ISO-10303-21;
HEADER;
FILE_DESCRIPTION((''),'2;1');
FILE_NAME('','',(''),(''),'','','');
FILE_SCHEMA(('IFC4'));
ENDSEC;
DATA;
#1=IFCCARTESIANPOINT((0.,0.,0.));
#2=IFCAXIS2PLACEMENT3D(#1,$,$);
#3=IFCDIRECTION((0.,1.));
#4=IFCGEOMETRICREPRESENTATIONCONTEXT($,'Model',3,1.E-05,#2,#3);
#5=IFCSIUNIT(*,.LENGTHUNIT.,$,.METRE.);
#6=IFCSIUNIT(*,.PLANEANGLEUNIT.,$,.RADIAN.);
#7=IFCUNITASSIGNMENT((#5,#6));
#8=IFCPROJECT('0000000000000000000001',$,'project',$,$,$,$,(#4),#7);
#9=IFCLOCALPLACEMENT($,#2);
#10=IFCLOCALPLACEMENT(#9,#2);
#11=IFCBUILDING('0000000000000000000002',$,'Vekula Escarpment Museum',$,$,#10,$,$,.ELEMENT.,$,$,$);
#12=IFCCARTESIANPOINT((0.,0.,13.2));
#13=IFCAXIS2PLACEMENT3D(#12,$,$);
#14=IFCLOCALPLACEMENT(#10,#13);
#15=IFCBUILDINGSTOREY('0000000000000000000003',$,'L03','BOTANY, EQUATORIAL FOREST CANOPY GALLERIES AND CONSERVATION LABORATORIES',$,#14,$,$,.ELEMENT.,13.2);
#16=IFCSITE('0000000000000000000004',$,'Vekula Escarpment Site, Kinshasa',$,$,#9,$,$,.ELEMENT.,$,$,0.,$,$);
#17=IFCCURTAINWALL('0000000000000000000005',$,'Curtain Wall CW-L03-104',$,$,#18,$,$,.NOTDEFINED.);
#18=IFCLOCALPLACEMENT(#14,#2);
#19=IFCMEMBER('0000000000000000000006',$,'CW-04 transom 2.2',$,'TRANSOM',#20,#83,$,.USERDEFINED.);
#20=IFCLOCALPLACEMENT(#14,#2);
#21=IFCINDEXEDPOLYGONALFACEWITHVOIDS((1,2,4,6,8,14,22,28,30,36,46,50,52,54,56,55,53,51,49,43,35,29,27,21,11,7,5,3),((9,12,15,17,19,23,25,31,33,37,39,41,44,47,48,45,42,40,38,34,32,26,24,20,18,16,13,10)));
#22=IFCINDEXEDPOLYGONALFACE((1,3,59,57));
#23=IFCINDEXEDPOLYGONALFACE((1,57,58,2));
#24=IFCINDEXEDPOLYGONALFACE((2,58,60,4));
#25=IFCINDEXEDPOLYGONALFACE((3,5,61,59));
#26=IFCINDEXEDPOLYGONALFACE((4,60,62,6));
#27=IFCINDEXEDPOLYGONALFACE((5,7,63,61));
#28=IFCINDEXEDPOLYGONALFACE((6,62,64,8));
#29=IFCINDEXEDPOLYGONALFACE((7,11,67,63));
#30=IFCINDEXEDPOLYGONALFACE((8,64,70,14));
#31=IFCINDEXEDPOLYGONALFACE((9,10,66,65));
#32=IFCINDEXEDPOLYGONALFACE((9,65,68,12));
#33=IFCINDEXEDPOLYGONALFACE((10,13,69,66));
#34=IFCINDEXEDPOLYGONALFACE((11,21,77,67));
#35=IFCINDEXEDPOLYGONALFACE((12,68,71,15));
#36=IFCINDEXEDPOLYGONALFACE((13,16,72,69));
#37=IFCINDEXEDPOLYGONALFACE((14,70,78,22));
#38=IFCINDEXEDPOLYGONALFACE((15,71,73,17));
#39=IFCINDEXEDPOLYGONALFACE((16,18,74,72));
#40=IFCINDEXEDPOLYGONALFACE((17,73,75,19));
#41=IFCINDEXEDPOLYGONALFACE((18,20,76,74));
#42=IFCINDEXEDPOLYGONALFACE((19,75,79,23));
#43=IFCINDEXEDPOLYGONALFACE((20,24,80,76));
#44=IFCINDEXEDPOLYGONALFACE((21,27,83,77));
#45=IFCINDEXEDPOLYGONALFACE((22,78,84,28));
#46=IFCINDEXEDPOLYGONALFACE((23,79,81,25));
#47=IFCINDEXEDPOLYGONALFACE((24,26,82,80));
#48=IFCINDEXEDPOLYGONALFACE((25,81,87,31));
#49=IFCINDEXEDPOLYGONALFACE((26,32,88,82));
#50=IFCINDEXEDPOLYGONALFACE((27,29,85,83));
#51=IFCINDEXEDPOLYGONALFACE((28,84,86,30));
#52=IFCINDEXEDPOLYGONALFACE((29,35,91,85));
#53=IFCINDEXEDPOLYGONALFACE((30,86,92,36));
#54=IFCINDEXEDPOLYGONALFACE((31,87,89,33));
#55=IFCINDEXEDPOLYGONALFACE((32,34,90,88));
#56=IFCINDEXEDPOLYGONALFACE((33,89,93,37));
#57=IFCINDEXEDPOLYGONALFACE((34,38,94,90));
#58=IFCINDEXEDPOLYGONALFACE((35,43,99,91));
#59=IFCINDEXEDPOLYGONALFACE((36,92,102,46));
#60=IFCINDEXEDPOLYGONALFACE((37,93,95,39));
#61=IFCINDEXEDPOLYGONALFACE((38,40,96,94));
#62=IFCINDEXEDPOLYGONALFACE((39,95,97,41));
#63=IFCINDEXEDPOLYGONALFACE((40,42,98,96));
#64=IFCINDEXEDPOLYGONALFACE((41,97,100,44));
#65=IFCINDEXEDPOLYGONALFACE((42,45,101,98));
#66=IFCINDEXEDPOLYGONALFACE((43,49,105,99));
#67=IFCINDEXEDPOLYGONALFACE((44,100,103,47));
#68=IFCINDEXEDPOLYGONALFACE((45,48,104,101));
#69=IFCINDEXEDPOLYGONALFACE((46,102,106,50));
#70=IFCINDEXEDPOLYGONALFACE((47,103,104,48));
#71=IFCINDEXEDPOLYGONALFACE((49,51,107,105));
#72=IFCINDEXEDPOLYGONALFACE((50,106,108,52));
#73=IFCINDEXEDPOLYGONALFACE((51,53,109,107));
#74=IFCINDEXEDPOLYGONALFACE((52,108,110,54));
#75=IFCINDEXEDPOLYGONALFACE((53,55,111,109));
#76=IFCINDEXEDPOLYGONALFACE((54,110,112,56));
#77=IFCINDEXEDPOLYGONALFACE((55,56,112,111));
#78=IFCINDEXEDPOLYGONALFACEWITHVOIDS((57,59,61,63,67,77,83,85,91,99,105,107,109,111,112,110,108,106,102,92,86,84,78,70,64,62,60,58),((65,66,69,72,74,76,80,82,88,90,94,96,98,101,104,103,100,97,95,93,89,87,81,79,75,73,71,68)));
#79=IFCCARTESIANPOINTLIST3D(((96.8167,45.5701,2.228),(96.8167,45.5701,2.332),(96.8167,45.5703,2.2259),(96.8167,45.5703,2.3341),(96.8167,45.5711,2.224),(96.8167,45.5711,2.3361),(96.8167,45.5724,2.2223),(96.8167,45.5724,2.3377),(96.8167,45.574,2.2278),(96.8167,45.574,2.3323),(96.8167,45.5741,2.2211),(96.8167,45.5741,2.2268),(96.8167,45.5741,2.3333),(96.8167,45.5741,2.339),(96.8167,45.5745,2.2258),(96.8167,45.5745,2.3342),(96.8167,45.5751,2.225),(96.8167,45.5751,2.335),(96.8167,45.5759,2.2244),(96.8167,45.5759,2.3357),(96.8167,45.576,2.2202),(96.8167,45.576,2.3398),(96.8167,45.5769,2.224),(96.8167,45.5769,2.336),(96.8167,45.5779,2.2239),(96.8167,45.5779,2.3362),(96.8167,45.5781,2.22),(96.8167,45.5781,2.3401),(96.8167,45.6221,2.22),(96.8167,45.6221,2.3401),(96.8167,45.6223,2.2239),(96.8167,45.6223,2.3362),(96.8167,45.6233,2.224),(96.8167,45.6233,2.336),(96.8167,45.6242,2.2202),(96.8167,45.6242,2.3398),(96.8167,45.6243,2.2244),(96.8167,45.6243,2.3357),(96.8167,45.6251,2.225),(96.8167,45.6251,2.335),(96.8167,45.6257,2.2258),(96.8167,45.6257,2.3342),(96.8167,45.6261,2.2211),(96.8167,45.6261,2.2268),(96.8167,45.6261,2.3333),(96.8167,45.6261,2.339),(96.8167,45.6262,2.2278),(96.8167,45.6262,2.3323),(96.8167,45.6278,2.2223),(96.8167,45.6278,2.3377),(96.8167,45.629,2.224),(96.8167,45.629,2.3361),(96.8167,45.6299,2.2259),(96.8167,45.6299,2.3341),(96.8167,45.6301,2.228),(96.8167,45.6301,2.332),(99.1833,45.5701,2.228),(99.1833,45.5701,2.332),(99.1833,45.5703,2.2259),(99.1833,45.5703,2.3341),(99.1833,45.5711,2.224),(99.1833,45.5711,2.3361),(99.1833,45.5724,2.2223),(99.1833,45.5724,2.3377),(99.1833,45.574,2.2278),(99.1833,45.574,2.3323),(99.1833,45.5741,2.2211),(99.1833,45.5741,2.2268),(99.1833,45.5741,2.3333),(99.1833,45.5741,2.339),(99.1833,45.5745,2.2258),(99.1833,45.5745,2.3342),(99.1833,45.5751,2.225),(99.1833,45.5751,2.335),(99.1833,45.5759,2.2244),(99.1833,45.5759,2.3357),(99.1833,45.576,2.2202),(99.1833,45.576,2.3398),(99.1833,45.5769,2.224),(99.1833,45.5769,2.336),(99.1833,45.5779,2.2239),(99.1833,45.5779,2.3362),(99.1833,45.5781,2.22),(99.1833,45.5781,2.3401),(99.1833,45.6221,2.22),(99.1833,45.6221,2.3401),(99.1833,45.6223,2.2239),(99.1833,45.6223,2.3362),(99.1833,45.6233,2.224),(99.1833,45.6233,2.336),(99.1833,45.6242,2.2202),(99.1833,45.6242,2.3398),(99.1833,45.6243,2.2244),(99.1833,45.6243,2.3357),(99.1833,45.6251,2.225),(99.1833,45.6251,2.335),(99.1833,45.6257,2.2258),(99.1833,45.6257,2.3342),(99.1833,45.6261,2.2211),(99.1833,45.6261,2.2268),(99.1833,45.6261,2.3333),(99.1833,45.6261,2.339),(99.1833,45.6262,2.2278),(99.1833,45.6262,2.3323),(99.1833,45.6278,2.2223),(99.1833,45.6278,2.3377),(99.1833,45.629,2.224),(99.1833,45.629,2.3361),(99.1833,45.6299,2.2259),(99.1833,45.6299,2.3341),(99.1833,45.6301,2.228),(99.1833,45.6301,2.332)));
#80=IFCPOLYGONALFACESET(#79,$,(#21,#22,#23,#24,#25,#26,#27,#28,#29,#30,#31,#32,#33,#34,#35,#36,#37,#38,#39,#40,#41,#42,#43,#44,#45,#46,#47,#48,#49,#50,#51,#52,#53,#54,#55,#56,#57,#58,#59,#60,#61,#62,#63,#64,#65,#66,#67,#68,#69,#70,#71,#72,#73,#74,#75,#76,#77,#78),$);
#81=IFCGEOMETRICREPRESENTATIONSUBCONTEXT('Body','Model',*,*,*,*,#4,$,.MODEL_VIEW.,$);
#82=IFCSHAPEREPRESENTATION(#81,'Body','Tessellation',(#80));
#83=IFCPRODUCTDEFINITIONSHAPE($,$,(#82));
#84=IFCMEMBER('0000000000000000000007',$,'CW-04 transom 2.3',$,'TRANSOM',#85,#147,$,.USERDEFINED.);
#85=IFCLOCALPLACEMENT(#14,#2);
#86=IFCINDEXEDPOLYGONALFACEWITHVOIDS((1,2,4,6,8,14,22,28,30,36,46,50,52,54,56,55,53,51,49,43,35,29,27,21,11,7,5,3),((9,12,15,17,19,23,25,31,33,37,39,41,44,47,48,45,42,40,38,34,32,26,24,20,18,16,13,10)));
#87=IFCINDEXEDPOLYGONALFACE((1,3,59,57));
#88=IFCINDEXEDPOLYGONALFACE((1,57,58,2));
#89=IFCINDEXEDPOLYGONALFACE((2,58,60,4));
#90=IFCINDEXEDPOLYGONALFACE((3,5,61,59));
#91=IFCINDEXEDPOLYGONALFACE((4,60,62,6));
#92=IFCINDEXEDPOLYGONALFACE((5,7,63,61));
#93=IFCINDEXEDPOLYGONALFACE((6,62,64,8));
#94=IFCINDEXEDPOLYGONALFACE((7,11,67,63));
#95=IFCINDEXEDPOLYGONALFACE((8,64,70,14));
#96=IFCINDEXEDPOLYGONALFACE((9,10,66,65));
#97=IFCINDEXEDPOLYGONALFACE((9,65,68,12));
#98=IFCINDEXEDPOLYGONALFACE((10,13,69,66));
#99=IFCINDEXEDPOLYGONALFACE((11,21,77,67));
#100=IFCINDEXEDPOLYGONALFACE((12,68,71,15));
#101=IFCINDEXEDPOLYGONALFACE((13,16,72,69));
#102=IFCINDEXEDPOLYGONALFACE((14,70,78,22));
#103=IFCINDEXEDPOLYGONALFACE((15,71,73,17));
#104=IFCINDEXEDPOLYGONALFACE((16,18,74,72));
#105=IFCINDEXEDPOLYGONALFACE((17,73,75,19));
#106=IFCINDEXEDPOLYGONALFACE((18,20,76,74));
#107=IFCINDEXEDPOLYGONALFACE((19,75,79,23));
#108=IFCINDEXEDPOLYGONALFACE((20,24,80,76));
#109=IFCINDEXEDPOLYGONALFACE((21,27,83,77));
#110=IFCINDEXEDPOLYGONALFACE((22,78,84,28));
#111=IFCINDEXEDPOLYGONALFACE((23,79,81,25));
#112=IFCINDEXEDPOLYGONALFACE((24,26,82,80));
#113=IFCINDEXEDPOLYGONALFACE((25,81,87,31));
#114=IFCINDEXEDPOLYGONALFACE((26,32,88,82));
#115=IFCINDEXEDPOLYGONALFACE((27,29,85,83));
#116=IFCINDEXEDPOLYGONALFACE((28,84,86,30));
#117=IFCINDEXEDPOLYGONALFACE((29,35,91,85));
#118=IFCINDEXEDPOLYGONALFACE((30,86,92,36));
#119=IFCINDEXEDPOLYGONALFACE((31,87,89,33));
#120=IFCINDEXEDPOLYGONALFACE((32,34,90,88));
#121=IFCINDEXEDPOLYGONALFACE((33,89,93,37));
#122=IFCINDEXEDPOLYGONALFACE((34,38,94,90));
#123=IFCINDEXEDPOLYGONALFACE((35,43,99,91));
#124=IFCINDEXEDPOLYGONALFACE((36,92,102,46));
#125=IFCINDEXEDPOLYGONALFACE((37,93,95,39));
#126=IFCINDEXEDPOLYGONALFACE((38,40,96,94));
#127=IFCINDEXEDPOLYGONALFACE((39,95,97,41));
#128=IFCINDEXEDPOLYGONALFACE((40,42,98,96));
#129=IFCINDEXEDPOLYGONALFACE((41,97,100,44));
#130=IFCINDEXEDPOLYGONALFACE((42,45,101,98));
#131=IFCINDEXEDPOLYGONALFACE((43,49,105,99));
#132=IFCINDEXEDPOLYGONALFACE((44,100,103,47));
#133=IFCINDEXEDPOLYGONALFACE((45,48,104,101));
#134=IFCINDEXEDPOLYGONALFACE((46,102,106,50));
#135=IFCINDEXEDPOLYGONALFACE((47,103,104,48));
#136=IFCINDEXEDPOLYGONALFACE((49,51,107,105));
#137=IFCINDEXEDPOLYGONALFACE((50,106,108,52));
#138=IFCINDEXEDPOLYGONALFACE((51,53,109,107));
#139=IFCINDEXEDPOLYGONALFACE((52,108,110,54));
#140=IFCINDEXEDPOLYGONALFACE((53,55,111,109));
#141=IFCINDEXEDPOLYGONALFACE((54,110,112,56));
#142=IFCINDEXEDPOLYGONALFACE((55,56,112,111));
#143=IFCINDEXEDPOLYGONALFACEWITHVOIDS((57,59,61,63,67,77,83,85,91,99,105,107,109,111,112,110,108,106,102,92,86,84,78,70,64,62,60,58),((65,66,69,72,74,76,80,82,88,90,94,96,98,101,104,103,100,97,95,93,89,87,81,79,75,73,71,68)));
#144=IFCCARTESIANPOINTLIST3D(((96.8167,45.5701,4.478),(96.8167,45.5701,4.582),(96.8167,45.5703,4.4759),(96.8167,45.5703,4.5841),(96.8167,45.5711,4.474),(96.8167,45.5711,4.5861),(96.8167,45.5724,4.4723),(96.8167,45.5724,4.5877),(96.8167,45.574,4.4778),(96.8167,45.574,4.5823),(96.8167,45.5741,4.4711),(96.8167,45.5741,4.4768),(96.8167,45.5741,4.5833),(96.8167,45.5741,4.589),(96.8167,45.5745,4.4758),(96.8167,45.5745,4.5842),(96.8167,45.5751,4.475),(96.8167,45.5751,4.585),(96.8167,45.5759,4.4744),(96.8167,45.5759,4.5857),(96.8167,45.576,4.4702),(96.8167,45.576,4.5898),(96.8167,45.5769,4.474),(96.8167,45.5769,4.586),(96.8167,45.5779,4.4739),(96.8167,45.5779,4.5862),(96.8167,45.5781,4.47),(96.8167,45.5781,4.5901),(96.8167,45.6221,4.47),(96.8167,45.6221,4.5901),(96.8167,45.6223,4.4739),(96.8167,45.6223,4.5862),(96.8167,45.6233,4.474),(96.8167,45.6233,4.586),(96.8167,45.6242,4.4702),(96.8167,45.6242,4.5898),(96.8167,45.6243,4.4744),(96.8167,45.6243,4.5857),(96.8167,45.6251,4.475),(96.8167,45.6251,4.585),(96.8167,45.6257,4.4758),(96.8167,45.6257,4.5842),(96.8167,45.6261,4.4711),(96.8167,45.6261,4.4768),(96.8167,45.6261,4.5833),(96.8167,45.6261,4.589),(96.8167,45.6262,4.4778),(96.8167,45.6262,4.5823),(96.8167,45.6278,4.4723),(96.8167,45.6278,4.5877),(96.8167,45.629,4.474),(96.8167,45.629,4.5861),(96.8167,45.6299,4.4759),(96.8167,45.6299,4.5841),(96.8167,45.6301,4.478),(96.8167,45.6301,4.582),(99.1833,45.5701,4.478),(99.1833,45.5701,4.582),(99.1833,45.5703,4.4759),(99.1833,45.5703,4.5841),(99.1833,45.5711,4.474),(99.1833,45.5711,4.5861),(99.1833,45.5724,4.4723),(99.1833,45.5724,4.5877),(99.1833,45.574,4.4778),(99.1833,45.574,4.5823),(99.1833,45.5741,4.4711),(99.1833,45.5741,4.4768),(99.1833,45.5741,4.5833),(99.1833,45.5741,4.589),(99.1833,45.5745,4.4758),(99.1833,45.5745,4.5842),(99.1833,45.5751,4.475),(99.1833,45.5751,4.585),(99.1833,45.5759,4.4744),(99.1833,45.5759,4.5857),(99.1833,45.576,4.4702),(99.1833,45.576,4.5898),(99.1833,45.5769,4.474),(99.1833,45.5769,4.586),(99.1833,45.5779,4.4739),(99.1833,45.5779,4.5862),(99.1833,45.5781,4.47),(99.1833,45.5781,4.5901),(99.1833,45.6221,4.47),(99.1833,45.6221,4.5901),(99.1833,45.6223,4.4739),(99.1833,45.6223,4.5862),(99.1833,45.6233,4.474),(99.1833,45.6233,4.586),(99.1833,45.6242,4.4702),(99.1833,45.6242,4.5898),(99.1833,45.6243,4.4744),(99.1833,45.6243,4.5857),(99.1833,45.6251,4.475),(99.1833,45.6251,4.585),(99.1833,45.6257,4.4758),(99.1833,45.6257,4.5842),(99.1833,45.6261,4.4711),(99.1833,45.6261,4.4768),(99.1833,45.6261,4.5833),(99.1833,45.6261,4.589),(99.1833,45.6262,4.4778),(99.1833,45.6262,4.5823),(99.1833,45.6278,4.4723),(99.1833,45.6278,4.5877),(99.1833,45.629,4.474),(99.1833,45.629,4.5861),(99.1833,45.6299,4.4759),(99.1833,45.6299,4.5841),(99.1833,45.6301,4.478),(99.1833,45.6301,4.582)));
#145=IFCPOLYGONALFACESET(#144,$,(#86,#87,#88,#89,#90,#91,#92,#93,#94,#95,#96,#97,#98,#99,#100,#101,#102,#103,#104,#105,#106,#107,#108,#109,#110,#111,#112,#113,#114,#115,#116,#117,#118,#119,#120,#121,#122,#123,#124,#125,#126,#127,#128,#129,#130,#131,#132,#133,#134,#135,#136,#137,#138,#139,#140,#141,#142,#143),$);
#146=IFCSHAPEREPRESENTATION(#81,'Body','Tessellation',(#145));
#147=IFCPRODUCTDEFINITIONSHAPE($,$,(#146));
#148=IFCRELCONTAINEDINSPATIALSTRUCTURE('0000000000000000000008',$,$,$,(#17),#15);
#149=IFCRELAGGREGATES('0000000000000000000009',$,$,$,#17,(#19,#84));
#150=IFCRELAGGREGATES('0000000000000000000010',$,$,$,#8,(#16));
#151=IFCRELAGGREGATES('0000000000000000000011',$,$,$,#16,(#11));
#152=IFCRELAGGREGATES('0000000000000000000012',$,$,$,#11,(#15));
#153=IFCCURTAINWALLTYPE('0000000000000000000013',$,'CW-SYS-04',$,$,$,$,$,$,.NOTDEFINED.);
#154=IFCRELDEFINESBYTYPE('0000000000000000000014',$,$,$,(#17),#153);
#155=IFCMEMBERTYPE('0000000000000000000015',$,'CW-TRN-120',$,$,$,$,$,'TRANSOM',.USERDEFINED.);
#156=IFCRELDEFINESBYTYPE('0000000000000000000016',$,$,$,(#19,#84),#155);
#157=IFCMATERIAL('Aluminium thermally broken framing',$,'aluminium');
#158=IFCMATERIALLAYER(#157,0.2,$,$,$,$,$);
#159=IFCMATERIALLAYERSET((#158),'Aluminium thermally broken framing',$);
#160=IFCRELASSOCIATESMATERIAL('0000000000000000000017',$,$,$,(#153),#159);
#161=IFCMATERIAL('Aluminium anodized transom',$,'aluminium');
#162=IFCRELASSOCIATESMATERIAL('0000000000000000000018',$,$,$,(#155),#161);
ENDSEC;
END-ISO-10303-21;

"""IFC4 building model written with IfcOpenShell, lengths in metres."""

from ifc_helpers import new_model, si_unit, direction, frame, origin, origin_2d, place, context, subcontext, project, spatial, hollow_rectangle, extrude, material, layer, layer_set, material_profile, profile_set, type_object, element, aggregate, save


model = new_model("IFC4")

# Units and contexts
model_context = context("Model", 3, precision=1e-05, world=origin(), true_north=direction((0.0, 1.0)))
body_context = subcontext(model_context, "Body", "Model", "MODEL_VIEW")
ifc_project = project(units=[si_unit("LENGTHUNIT", "METRE"), si_unit("PLANEANGLEUNIT", "RADIAN")], contexts=[model_context])

# Site, building, storey
site_placement = place(None, origin())
site = spatial("IfcSite", under=ifc_project, at=site_placement, Name="Vekula Escarpment Site, Kinshasa", CompositionType="ELEMENT", RefElevation=0.0)
building_placement = place(site_placement, origin())
building = spatial("IfcBuilding", under=site, at=building_placement, Name="Vekula Escarpment Museum", CompositionType="ELEMENT")
storey_placement = place(building_placement, frame((0.0, 0.0, 13.2)))
storey = spatial("IfcBuildingStorey", under=building, at=storey_placement, Name="L03", Description="BOTANY, EQUATORIAL FOREST CANOPY GALLERIES AND CONSERVATION LABORATORIES", CompositionType="ELEMENT", Elevation=13.2)

# Curtain wall
ifc_material_1 = material(Name="Aluminium thermally broken framing", Category="aluminium")
ifc_layer_1 = layer(ifc_material_1, 0.2)
ifc_layer_set_1 = layer_set([ifc_layer_1], Name="Aluminium thermally broken framing")
curtain_wall_type_1 = type_object("IfcCurtainWallType", Name="CW-SYS-04", PredefinedType="NOTDEFINED", material=ifc_layer_set_1)
curtain_wall_1_placement = place(storey_placement, origin())
curtain_wall_1 = element("IfcCurtainWall", 1, at=curtain_wall_1_placement, inside=storey, type_object=curtain_wall_type_1, Name="Curtain Wall CW-L03-104", PredefinedType="NOTDEFINED")

# Members
ifc_material_2 = material(Name="Aluminium anodized transom", Category="aluminium")
ifc_material_profile_1 = material_profile(ifc_material_2, hollow_rectangle(XDim=0.0601, YDim=0.1201, WallThickness=0.0039, InnerFilletRadius=0.0039, OuterFilletRadius=0.0081, at=origin_2d()), Name="ALU 120x60x4")
ifc_profile_set_1 = profile_set([ifc_material_profile_1], Name="Aluminium anodized transom")
member_type_1 = type_object("IfcMemberType", Name="CW-TRN-120", ElementType="TRANSOM", PredefinedType="USERDEFINED", material=ifc_profile_set_1)
member_1_placement = place(storey_placement, frame((96.8167, 45.6001, 2.28), z_axis=(1.0, 0.0, 0.0), x_axis=(0.0, 1.0, 0.0)))
member_1 = element("IfcMember", 2, at=member_1_placement, type_object=member_type_1, Name="CW-04 transom 2.2", ObjectType="TRANSOM", PredefinedType="USERDEFINED", context=body_context, shape_type="SweptSolid", body=[
    extrude(hollow_rectangle(XDim=0.0601, YDim=0.1201, WallThickness=0.0039, InnerFilletRadius=0.0039, OuterFilletRadius=0.0081, at=origin_2d()), origin(), (0.0, 0.0, 1.0), 2.3667),
])
member_2_placement = place(storey_placement, frame((96.8167, 45.6001, 4.53), z_axis=(1.0, 0.0, 0.0), x_axis=(0.0, 1.0, 0.0)))
member_2 = element("IfcMember", 3, at=member_2_placement, type_object=member_type_1, Name="CW-04 transom 2.3", ObjectType="TRANSOM", PredefinedType="USERDEFINED", context=body_context, shape_type="SweptSolid", body=[
    extrude(hollow_rectangle(XDim=0.0601, YDim=0.1201, WallThickness=0.0039, InnerFilletRadius=0.0039, OuterFilletRadius=0.0081, at=origin_2d()), origin(), (0.0, 0.0, 1.0), 2.3667),
])

aggregate(curtain_wall_1, [member_1, member_2])

save(model, "model.ifc")
